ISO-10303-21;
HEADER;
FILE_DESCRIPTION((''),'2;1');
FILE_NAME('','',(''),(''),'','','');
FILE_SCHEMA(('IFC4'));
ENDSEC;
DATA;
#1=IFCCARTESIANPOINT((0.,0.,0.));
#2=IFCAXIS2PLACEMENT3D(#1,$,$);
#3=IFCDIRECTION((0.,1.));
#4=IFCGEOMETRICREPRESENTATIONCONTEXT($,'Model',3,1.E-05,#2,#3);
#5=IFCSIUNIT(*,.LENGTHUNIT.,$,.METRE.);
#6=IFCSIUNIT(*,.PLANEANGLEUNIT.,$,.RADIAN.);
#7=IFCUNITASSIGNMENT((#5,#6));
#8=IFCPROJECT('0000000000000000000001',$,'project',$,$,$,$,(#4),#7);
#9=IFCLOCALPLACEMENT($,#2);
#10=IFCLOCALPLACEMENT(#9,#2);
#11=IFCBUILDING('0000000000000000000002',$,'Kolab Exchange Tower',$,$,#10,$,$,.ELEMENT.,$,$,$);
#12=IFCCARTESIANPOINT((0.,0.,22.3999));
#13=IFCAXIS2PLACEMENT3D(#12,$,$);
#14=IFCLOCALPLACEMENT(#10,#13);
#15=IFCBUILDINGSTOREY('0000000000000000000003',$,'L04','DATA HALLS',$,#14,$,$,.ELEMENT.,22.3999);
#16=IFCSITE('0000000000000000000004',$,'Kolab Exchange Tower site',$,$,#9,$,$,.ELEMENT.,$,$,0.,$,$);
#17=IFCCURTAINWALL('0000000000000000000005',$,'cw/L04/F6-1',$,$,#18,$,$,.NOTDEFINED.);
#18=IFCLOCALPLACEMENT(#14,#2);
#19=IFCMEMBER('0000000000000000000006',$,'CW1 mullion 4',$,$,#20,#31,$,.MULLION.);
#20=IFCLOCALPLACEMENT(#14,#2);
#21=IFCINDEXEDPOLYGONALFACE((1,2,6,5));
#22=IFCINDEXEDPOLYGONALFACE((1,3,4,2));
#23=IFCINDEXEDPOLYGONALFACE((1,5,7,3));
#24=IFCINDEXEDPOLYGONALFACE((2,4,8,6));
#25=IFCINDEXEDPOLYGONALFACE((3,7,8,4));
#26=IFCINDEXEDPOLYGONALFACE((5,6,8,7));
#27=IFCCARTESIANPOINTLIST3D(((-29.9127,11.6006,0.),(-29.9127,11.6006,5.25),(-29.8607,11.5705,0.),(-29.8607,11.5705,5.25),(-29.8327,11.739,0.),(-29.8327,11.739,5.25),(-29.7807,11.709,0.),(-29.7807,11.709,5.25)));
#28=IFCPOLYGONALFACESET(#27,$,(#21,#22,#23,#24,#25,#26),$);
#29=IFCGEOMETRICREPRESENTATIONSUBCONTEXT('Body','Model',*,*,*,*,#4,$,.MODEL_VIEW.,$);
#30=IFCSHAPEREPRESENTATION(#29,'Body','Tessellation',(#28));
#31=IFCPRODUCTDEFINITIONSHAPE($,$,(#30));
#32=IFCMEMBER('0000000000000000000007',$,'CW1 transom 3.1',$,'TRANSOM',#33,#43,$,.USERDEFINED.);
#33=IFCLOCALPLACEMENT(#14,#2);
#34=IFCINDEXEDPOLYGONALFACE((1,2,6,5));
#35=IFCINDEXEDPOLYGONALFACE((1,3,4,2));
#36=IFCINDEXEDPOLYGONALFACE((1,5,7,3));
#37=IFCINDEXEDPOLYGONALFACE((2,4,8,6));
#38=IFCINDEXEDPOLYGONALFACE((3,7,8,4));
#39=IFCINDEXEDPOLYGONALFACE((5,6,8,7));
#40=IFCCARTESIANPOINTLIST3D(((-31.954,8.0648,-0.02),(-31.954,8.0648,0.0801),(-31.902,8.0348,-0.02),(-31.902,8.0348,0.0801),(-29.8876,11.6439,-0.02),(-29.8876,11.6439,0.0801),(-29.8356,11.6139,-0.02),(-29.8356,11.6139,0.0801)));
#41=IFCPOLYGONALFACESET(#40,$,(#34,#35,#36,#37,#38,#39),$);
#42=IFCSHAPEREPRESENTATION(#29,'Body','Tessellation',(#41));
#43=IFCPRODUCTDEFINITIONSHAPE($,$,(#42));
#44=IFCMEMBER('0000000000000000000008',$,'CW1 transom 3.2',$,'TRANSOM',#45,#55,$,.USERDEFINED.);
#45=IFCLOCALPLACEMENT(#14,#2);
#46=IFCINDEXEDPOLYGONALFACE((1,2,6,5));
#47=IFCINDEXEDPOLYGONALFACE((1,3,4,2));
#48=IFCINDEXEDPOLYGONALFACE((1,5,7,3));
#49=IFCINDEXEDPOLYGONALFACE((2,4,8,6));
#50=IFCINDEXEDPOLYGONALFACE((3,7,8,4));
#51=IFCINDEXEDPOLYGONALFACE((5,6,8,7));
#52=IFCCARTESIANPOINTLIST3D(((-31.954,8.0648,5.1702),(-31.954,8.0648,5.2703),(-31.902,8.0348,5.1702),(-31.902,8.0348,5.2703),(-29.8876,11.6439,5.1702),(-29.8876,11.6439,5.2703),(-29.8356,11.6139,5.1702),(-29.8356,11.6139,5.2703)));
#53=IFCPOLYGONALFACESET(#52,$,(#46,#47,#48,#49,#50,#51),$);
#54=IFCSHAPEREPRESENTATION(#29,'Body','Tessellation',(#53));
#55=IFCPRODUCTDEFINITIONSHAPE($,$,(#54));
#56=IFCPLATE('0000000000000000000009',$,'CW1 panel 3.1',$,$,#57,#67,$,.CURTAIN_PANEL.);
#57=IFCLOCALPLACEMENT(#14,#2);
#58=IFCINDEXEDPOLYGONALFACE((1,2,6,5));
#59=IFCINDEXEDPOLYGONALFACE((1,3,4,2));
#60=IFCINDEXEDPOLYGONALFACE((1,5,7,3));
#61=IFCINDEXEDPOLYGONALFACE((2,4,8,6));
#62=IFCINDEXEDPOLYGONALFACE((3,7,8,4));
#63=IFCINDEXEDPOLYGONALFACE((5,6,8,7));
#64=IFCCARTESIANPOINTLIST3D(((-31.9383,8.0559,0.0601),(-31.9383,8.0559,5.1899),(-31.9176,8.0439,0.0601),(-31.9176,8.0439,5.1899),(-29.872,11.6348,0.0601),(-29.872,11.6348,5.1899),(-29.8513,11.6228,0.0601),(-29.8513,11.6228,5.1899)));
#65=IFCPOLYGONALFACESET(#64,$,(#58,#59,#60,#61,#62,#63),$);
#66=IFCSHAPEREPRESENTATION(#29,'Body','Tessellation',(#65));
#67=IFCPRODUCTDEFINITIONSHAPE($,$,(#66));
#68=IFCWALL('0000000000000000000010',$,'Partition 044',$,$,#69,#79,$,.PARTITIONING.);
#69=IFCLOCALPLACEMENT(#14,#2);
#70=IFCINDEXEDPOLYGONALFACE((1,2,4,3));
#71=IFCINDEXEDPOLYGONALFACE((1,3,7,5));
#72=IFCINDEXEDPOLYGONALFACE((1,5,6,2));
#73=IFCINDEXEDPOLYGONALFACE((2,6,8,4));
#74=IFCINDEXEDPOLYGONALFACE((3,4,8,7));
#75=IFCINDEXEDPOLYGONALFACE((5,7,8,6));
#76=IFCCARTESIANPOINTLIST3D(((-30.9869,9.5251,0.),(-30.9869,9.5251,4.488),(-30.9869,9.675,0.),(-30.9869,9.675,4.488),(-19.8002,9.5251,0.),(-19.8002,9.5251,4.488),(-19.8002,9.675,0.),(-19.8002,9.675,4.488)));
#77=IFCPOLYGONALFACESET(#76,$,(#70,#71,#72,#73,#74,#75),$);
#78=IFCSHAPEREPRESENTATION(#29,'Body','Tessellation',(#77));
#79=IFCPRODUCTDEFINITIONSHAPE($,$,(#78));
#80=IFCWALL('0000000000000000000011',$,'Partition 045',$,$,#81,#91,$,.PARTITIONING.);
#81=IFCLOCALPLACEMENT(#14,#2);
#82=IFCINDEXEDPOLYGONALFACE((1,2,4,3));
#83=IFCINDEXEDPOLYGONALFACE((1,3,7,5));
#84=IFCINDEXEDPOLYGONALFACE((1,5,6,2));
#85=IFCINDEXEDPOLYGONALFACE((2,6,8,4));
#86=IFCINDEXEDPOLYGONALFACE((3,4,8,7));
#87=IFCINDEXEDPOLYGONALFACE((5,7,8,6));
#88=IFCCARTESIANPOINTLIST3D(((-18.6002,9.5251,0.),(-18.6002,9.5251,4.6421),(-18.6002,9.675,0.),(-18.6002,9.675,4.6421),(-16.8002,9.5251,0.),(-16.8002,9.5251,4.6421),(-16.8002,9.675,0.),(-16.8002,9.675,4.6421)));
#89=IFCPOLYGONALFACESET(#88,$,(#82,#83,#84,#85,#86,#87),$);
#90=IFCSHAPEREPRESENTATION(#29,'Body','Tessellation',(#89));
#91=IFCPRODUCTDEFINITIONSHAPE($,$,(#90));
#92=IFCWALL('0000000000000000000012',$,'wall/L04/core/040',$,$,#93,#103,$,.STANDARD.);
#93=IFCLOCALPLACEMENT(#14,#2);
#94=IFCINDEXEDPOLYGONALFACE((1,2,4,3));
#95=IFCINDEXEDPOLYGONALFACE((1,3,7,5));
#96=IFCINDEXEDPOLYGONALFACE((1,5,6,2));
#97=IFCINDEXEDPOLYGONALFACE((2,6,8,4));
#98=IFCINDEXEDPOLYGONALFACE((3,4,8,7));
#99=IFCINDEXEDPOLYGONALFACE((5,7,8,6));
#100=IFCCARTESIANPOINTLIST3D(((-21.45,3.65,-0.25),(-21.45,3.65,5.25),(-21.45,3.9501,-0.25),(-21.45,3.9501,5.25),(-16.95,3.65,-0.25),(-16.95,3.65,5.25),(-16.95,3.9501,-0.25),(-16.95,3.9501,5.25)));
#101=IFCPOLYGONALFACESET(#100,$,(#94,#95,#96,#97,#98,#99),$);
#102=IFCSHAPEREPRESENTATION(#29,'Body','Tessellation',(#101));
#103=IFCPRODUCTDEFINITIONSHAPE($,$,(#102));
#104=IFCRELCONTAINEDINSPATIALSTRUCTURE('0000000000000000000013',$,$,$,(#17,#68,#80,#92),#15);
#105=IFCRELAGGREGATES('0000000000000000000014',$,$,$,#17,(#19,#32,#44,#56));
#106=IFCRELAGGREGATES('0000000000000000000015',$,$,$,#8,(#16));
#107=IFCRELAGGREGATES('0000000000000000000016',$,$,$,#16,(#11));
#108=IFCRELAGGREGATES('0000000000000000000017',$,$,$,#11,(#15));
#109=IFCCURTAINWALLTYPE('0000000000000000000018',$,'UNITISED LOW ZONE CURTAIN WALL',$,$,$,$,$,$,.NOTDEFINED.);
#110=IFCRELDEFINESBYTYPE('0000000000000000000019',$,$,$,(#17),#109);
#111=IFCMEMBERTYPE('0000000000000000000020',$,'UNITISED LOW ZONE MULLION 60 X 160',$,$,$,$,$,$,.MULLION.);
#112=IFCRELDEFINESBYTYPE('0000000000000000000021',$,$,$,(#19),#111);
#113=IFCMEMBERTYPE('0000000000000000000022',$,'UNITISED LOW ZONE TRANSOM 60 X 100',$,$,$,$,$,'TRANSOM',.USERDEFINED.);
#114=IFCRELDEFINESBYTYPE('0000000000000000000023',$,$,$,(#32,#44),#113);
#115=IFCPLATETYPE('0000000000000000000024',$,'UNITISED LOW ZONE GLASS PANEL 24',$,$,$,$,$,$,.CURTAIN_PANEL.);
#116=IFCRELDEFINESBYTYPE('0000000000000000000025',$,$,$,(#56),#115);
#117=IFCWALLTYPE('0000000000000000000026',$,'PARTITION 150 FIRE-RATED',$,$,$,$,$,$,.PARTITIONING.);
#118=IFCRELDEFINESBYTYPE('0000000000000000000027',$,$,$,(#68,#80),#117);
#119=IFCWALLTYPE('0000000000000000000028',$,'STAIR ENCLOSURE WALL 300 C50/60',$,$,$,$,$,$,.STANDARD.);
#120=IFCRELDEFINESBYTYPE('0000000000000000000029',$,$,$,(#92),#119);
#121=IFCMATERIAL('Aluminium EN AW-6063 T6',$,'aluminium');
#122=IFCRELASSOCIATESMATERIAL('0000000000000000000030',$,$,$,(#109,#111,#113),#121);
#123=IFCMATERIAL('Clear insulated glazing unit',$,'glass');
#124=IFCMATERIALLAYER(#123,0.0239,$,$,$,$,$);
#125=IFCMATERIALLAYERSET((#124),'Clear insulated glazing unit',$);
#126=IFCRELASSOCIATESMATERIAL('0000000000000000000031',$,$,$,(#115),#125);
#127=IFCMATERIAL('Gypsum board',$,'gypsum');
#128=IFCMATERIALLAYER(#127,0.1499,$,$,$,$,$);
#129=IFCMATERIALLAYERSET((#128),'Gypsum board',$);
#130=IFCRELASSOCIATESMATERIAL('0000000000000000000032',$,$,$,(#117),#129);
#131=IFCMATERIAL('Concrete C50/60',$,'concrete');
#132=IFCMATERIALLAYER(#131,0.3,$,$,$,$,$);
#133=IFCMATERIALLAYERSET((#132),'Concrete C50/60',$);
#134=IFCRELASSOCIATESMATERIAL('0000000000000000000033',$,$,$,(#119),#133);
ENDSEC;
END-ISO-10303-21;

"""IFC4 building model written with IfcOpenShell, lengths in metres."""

from ifc_helpers import new_model, si_unit, direction, frame, frame_2d, origin, origin_2d, place, context, subcontext, project, spatial, rectangle, extrude, material, layer, layer_set, material_profile, profile_set, type_object, element, aggregate, save


model = new_model("IFC4")

# Units and contexts
model_context = context("Model", 3, precision=1e-05, world=origin(), true_north=direction((0.0, 1.0)))
body_context = subcontext(model_context, "Body", "Model", "MODEL_VIEW")
ifc_project = project(units=[si_unit("LENGTHUNIT", "METRE"), si_unit("PLANEANGLEUNIT", "RADIAN")], contexts=[model_context])

# Site, building, storey
site_placement = place(None, origin())
site = spatial("IfcSite", under=ifc_project, at=site_placement, Name="Kolab Exchange Tower site", CompositionType="ELEMENT", RefElevation=0.0)
building_placement = place(site_placement, origin())
building = spatial("IfcBuilding", under=site, at=building_placement, Name="Kolab Exchange Tower", CompositionType="ELEMENT")
storey_placement = place(building_placement, frame((0.0, 0.0, 22.3999)))
storey = spatial("IfcBuildingStorey", under=building, at=storey_placement, Name="L04", Description="DATA HALLS", CompositionType="ELEMENT", Elevation=22.3999)

# Curtain wall, members, plate
ifc_material_1 = material(Name="Aluminium EN AW-6063 T6", Category="aluminium")
curtain_wall_type = type_object("IfcCurtainWallType", Name="UNITISED LOW ZONE CURTAIN WALL", PredefinedType="NOTDEFINED", material=ifc_material_1)
curtain_wall_placement = place(storey_placement, origin())
curtain_wall = element("IfcCurtainWall", 1, at=curtain_wall_placement, inside=storey, type_object=curtain_wall_type, Name="cw/L04/F6-1", PredefinedType="NOTDEFINED")
ifc_material_profile_1 = material_profile(ifc_material_1, rectangle(XDim=0.0601, YDim=0.1599, at=origin_2d()), Name="RECT 60X160")
ifc_profile_set_1 = profile_set([ifc_material_profile_1], Name="Aluminium EN AW-6063 T6")
member_type_1 = type_object("IfcMemberType", Name="UNITISED LOW ZONE MULLION 60 X 160", PredefinedType="MULLION", material=ifc_profile_set_1)
member_1_placement = place(storey_placement, frame((-29.8467, 11.6548, 0.0), z_axis=(0.0, 0.0, 1.0), x_axis=(-0.866025, 0.5, 0.0)))
member_1 = element("IfcMember", 2, at=member_1_placement, type_object=member_type_1, Name="CW1 mullion 4", PredefinedType="MULLION", context=body_context, shape_type="SweptSolid", body=[
    extrude(rectangle(XDim=0.0601, YDim=0.1599, at=origin_2d()), origin(), (0.0, 0.0, 1.0), 5.25),
])
ifc_material_profile_2 = material_profile(ifc_material_1, rectangle(XDim=0.0601, YDim=0.1001, at=origin_2d()), Name="RECT 60X100")
ifc_profile_set_2 = profile_set([ifc_material_profile_2], Name="Aluminium EN AW-6063 T6")
member_type_2 = type_object("IfcMemberType", Name="UNITISED LOW ZONE TRANSOM 60 X 100", ElementType="TRANSOM", PredefinedType="USERDEFINED", material=ifc_profile_set_2)
member_2_placement = place(storey_placement, frame((-31.928, 8.0498, 0.03), z_axis=(0.500002, 0.866024, 0.0), x_axis=(-0.866024, 0.500002, 0.0)))
member_2 = element("IfcMember", 3, at=member_2_placement, type_object=member_type_2, Name="CW1 transom 3.1", ObjectType="TRANSOM", PredefinedType="USERDEFINED", context=body_context, shape_type="SweptSolid", body=[
    extrude(rectangle(XDim=0.0601, YDim=0.1001, at=origin_2d()), origin(), (0.0, 0.0, 1.0), 4.1328),
])
member_3_placement = place(storey_placement, frame((-31.928, 8.0498, 5.2202), z_axis=(0.500002, 0.866024, 0.0), x_axis=(-0.866024, 0.500002, 0.0)))
member_3 = element("IfcMember", 4, at=member_3_placement, type_object=member_type_2, Name="CW1 transom 3.2", ObjectType="TRANSOM", PredefinedType="USERDEFINED", context=body_context, shape_type="SweptSolid", body=[
    extrude(rectangle(XDim=0.0601, YDim=0.1001, at=origin_2d()), origin(), (0.0, 0.0, 1.0), 4.1328),
])
ifc_material_2 = material(Name="Clear insulated glazing unit", Category="glass")
ifc_layer_1 = layer(ifc_material_2, 0.0239)
ifc_layer_set_1 = layer_set([ifc_layer_1], Name="Clear insulated glazing unit")
plate_type = type_object("IfcPlateType", Name="UNITISED LOW ZONE GLASS PANEL 24", PredefinedType="CURTAIN_PANEL", material=ifc_layer_set_1)
plate_placement = place(storey_placement, frame((-30.8948, 9.8394, 0.0601), z_axis=(0.0, 0.0, 1.0), x_axis=(0.5, 0.866025, 0.0)))
plate = element("IfcPlate", 5, at=plate_placement, type_object=plate_type, Name="CW1 panel 3.1", PredefinedType="CURTAIN_PANEL", context=body_context, shape_type="SweptSolid", body=[
    extrude(rectangle(XDim=4.1326, YDim=0.0239, at=origin_2d()), origin(), (0.0, 0.0, 1.0), 5.1299),
])
aggregate(curtain_wall, [member_1, member_2, member_3, plate])

# Walls
ifc_material_3 = material(Name="Gypsum board", Category="gypsum")
ifc_layer_2 = layer(ifc_material_3, 0.1499)
ifc_layer_set_2 = layer_set([ifc_layer_2], Name="Gypsum board")
wall_type_1 = type_object("IfcWallType", Name="PARTITION 150 FIRE-RATED", PredefinedType="PARTITIONING", material=ifc_layer_set_2)
wall_1_placement = place(storey_placement, frame((-30.9868, 9.6001, 0.0), z_axis=(0.0, 0.0, 1.0), x_axis=(1.0, 0.0, 0.0)))
element("IfcWall", 6, at=wall_1_placement, inside=storey, type_object=wall_type_1, Name="Partition 044", PredefinedType="PARTITIONING", context=body_context, shape_type="SweptSolid", body=[
    extrude(rectangle(XDim=11.1868, YDim=0.1499, at=frame_2d((5.5933, 0.0))), origin(), (0.0, 0.0, 1.0), 4.488),
])
wall_2_placement = place(storey_placement, frame((-18.6001, 9.6001, 0.0), z_axis=(0.0, 0.0, 1.0), x_axis=(1.0, 0.0, 0.0)))
element("IfcWall", 7, at=wall_2_placement, inside=storey, type_object=wall_type_1, Name="Partition 045", PredefinedType="PARTITIONING", context=body_context, shape_type="SweptSolid", body=[
    extrude(rectangle(XDim=1.8, YDim=0.1499, at=frame_2d((0.8999, 0.0))), origin(), (0.0, 0.0, 1.0), 4.6421),
])
ifc_material_4 = material(Name="Concrete C50/60", Category="concrete")
ifc_layer_3 = layer(ifc_material_4, 0.3)
ifc_layer_set_3 = layer_set([ifc_layer_3], Name="Concrete C50/60")
wall_type_2 = type_object("IfcWallType", Name="STAIR ENCLOSURE WALL 300 C50/60", PredefinedType="STANDARD", material=ifc_layer_set_3)
wall_3_placement = place(storey_placement, frame((-21.45, 3.8, -0.25), z_axis=(0.0, 0.0, 1.0), x_axis=(1.0, 0.0, 0.0)))
element("IfcWall", 8, at=wall_3_placement, inside=storey, type_object=wall_type_2, Name="wall/L04/core/040", PredefinedType="STANDARD", context=body_context, shape_type="SweptSolid", body=[
    extrude(rectangle(XDim=4.5, YDim=0.3, at=frame_2d((2.25, 0.0))), origin(), (0.0, 0.0, 1.0), 5.5),
])

save(model, "model.ifc")
